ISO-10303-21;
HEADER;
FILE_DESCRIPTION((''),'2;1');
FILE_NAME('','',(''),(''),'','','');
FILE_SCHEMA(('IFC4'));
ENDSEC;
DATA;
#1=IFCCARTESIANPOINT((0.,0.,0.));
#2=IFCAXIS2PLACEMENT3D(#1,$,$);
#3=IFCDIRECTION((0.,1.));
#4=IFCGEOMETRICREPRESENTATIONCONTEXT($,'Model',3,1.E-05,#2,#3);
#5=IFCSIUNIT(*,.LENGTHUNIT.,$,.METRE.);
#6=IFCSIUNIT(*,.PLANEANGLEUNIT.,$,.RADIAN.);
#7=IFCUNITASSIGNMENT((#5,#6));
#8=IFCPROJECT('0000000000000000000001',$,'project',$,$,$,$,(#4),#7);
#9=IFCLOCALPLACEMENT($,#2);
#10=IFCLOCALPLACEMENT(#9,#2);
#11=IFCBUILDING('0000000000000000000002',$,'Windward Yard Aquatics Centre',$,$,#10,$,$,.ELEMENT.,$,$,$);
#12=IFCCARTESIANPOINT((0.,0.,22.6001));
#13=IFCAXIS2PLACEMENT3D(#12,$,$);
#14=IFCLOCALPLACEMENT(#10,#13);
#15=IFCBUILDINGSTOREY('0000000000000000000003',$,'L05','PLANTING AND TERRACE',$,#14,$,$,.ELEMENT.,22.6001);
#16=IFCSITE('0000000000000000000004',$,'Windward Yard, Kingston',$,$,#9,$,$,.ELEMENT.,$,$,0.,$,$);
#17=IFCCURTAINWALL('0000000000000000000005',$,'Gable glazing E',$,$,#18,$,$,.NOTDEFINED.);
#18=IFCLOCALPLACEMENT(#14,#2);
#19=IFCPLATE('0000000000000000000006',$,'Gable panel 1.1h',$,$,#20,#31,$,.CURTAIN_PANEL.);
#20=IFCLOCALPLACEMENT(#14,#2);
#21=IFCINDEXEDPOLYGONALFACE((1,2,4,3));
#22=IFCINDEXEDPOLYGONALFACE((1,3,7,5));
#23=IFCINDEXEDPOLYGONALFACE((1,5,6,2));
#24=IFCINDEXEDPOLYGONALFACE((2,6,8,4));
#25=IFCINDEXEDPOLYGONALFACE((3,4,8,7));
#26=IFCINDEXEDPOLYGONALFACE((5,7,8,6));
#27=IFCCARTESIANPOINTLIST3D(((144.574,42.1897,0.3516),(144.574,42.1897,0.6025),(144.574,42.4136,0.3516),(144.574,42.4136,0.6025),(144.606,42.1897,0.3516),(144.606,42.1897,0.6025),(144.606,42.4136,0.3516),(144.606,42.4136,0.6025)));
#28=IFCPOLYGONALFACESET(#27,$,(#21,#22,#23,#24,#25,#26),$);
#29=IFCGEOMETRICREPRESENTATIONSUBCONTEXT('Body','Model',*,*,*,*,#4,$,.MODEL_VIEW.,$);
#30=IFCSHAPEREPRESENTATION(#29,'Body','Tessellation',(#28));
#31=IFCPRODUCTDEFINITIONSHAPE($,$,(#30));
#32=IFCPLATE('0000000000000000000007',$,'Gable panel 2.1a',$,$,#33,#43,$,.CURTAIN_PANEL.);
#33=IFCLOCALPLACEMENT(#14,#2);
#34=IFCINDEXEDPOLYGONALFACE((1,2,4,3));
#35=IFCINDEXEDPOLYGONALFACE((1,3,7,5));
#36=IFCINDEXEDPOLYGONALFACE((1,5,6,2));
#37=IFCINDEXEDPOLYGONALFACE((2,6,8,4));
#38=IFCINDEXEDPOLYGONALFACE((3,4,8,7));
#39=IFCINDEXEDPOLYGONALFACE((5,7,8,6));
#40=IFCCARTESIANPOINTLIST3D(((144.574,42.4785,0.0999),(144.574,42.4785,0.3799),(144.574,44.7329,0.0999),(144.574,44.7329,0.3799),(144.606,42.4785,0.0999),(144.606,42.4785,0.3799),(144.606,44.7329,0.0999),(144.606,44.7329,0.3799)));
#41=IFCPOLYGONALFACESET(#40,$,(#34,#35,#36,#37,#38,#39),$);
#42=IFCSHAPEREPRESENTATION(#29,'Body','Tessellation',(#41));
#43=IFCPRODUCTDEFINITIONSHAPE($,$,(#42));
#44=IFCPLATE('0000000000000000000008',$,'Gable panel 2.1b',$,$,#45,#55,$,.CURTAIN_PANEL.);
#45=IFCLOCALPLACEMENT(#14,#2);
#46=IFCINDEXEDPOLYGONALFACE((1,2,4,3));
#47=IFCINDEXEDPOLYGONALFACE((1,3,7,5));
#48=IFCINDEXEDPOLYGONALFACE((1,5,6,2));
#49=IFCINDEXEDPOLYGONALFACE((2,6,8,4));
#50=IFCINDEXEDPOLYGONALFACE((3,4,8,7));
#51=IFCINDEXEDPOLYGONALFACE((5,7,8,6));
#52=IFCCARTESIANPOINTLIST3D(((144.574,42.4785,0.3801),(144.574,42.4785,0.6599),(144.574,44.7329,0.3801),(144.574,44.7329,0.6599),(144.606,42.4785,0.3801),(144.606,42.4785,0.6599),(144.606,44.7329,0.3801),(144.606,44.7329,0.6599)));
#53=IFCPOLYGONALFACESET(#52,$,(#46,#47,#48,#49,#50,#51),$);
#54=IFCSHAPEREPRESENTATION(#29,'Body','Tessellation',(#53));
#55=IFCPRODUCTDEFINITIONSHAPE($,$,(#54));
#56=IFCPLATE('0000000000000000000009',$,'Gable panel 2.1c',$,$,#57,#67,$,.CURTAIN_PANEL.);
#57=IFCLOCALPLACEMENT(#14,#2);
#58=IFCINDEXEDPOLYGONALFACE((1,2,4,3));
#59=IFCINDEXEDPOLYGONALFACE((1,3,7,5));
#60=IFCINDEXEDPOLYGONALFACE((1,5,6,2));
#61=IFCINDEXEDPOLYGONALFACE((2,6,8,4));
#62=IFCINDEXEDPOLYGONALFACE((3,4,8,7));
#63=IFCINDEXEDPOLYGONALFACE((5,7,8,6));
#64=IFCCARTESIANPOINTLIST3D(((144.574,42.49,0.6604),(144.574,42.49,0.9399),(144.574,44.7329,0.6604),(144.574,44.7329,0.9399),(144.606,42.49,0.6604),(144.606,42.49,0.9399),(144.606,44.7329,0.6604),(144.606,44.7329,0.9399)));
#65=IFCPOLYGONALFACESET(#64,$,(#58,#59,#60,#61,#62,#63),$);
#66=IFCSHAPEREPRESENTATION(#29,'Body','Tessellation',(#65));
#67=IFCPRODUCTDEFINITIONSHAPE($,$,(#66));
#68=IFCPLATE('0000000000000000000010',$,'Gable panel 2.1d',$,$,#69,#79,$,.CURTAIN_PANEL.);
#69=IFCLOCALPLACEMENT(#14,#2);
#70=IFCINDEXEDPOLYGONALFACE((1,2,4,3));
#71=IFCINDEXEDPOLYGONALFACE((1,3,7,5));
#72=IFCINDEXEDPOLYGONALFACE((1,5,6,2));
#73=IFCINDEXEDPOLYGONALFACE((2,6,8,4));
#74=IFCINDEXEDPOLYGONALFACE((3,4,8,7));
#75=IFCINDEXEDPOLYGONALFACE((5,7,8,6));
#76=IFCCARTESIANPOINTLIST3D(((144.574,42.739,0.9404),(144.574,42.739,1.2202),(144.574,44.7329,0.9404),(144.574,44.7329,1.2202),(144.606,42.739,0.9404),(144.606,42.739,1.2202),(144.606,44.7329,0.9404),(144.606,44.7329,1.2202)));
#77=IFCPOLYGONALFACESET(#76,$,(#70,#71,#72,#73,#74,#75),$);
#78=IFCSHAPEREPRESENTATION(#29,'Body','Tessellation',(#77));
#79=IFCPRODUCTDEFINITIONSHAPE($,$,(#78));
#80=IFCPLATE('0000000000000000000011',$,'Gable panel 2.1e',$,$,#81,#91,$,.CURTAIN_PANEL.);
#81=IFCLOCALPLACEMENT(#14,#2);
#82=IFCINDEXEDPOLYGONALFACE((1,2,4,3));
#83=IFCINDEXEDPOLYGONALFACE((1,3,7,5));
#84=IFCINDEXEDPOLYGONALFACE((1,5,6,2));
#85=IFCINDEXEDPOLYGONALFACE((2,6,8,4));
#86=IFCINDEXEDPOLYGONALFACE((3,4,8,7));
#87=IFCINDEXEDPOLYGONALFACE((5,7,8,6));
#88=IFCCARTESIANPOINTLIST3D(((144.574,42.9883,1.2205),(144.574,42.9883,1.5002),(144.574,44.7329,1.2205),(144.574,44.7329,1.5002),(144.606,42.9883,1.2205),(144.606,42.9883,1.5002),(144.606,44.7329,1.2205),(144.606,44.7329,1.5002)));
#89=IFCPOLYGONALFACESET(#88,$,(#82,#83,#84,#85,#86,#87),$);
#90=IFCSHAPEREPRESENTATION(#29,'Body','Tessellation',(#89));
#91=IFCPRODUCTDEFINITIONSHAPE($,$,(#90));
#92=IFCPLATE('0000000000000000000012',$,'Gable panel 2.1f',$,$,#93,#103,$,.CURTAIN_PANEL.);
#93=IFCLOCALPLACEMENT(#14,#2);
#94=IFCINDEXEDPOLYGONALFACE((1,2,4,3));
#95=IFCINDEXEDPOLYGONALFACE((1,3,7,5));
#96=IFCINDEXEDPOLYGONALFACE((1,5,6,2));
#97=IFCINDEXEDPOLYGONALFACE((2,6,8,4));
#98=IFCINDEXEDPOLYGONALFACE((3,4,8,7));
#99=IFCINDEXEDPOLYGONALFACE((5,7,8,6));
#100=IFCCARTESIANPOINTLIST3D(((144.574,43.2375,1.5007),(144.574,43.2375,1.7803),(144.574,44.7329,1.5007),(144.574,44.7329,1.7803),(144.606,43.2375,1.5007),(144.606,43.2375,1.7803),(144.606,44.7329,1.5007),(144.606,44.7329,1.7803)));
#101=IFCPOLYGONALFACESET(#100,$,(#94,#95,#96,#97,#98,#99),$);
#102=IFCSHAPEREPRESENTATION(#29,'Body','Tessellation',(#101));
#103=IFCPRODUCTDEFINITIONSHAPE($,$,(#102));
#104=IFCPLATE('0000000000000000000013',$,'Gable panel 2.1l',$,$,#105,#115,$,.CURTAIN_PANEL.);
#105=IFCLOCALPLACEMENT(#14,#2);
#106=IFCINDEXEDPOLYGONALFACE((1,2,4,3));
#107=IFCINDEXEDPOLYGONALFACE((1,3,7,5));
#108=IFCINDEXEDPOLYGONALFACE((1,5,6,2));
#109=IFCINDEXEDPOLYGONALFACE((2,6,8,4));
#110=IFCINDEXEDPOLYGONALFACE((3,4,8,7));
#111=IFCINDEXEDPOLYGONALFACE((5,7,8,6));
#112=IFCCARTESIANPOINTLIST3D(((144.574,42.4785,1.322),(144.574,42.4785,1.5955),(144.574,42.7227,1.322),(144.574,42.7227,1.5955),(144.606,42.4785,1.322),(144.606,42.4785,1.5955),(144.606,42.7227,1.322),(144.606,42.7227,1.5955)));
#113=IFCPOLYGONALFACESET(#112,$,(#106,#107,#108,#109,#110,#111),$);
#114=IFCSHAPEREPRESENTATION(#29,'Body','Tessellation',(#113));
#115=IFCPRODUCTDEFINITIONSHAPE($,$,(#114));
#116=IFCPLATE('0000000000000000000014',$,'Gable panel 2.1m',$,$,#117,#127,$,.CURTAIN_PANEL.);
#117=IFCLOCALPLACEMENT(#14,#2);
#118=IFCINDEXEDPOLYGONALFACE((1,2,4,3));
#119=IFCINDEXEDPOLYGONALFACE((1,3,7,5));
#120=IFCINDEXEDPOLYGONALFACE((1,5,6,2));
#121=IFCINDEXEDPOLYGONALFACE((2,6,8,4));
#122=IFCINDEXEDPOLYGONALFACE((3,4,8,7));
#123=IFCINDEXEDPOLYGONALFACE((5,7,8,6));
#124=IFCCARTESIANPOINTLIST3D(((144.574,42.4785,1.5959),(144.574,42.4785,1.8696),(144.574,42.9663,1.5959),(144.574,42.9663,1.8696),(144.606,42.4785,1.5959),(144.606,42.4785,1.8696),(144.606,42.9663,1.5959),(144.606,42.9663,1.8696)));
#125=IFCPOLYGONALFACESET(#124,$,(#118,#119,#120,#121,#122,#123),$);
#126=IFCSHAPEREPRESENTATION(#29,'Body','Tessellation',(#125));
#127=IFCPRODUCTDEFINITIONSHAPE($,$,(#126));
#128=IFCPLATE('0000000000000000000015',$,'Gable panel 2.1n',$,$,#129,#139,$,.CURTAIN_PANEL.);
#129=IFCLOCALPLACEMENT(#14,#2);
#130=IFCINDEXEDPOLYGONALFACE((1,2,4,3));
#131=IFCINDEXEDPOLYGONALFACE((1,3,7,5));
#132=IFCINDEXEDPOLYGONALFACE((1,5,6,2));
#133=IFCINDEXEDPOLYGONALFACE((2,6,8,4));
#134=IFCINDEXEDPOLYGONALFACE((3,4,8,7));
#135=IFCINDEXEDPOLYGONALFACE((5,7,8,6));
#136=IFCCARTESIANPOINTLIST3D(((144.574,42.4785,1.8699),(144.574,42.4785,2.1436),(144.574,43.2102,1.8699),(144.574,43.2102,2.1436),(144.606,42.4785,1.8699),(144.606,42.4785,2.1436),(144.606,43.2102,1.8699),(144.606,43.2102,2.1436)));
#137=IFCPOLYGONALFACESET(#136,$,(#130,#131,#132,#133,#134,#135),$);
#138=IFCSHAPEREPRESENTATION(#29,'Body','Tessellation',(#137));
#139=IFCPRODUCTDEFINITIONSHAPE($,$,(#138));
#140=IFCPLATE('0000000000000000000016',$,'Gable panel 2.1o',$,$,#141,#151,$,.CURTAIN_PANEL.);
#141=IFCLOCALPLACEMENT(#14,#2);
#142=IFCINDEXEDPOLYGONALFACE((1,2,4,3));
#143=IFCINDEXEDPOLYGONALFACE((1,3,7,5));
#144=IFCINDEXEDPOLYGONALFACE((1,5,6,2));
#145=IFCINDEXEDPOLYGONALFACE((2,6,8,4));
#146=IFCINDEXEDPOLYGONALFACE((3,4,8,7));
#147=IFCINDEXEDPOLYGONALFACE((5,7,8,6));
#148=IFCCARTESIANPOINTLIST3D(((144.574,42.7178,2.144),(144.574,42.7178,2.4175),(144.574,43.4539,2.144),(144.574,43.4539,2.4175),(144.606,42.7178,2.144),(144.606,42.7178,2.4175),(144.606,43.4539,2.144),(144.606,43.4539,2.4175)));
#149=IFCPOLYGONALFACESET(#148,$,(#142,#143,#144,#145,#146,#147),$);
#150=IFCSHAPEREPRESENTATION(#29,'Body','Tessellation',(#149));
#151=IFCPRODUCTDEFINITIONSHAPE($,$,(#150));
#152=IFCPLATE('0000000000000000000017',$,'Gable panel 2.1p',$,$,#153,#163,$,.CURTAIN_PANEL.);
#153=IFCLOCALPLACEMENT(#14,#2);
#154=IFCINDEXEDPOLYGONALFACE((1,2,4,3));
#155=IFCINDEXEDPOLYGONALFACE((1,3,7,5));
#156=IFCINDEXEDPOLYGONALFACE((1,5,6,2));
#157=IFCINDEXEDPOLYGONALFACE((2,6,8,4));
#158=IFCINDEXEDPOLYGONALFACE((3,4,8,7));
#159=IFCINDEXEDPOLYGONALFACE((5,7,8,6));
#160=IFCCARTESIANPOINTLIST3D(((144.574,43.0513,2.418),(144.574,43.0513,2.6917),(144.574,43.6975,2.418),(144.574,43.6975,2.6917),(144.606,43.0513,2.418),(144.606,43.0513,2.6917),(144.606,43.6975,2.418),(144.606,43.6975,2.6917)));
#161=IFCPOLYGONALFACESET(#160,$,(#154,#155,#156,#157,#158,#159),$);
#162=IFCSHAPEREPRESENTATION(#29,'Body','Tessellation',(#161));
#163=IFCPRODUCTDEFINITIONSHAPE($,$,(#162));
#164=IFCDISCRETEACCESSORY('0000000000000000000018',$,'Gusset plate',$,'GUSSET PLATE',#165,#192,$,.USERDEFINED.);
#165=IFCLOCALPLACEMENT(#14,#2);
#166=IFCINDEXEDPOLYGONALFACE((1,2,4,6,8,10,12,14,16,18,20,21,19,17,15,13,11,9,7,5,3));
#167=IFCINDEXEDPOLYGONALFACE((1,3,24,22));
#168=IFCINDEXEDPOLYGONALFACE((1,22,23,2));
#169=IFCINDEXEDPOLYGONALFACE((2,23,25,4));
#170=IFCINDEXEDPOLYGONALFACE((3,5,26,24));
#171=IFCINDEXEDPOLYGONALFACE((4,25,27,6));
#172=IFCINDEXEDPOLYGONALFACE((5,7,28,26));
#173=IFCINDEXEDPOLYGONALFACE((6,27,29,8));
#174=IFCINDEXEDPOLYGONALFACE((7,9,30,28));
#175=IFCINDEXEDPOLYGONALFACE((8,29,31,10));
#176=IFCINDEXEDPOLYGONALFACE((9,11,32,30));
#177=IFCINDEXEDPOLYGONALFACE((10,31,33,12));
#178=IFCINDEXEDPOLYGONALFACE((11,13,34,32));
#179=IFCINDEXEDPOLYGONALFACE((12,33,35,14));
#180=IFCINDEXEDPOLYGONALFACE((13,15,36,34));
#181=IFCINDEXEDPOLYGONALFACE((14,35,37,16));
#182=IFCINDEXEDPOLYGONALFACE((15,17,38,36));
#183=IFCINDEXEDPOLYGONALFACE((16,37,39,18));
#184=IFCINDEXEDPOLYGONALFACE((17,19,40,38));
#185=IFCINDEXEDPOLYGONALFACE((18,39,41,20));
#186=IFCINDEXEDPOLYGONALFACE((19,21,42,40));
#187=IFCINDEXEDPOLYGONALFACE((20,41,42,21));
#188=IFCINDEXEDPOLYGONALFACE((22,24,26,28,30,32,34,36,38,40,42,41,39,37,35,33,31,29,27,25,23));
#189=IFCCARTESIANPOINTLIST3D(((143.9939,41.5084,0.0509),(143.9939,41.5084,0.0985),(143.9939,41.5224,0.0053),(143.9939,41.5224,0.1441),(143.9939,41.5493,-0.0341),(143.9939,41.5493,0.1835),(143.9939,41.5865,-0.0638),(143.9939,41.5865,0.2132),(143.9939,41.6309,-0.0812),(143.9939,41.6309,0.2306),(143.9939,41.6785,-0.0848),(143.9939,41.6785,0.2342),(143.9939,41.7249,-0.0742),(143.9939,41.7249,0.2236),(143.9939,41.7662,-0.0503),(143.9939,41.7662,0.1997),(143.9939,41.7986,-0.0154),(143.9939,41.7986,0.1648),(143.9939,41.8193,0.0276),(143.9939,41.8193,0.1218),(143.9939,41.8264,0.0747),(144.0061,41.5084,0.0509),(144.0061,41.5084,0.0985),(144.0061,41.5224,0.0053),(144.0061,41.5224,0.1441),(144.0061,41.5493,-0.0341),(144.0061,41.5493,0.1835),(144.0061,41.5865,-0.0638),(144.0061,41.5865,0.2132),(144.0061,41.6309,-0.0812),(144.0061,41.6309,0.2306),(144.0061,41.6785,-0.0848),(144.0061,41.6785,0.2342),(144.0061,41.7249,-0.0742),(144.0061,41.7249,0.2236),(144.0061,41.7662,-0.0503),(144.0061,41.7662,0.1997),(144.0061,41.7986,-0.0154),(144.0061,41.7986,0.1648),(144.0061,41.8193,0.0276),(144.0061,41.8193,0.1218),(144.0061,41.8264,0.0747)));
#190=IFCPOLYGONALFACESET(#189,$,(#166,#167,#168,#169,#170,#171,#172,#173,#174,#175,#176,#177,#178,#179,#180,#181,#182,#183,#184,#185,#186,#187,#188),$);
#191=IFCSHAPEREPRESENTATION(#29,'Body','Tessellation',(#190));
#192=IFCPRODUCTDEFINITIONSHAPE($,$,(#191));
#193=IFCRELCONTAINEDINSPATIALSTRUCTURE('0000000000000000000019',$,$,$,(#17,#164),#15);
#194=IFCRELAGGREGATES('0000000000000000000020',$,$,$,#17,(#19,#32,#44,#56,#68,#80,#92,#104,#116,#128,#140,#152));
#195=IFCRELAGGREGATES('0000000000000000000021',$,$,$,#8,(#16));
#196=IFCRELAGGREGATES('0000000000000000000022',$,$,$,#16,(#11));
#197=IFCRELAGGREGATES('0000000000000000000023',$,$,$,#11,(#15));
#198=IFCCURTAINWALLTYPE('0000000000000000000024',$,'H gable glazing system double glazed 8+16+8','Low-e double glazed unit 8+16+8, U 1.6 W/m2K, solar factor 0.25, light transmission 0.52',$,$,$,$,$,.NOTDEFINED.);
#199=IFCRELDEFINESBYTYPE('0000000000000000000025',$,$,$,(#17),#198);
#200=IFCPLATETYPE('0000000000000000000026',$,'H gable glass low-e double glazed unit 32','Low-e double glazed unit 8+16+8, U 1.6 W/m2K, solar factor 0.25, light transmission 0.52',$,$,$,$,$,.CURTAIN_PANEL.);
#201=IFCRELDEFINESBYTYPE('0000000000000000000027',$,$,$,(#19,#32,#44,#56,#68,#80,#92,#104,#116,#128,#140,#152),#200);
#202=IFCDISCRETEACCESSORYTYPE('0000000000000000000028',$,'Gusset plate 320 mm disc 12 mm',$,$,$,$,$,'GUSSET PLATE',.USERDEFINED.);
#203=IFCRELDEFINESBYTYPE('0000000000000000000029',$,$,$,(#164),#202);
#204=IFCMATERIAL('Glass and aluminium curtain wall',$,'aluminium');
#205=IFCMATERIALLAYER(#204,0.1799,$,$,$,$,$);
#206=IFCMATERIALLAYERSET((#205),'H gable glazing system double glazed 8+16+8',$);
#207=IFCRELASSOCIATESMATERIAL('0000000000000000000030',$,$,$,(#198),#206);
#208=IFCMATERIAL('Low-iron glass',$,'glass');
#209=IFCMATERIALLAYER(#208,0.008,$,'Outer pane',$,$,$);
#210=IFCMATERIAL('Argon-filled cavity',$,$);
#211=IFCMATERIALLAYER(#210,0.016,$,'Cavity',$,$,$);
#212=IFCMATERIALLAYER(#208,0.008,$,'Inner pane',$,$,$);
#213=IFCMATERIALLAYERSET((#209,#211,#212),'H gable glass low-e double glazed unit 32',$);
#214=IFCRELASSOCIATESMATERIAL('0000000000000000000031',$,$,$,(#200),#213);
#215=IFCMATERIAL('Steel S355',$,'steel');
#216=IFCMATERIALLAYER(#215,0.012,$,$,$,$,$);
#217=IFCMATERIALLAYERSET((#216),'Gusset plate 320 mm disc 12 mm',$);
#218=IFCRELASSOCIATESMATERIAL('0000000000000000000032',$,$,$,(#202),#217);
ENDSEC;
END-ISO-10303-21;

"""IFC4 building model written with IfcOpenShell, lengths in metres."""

from ifc_helpers import new_model, si_unit, direction, frame, origin, origin_2d, place, context, subcontext, project, spatial, polyline, circle, outline, extrude, material, layer, layer_set, type_object, element, aggregate, save


model = new_model("IFC4")

# Units and contexts
model_context = context("Model", 3, precision=1e-05, world=origin(), true_north=direction((0.0, 1.0)))
body_context = subcontext(model_context, "Body", "Model", "MODEL_VIEW")
ifc_project = project(units=[si_unit("LENGTHUNIT", "METRE"), si_unit("PLANEANGLEUNIT", "RADIAN")], contexts=[model_context])

# Site, building, storey
site_placement = place(None, origin())
site = spatial("IfcSite", under=ifc_project, at=site_placement, Name="Windward Yard, Kingston", CompositionType="ELEMENT", RefElevation=0.0)
building_placement = place(site_placement, origin())
building = spatial("IfcBuilding", under=site, at=building_placement, Name="Windward Yard Aquatics Centre", CompositionType="ELEMENT")
storey_placement = place(building_placement, frame((0.0, 0.0, 22.6001)))
storey = spatial("IfcBuildingStorey", under=building, at=storey_placement, Name="L05", Description="PLANTING AND TERRACE", CompositionType="ELEMENT", Elevation=22.6001)

# Curtain wall
ifc_material_1 = material(Name="Glass and aluminium curtain wall", Category="aluminium")
ifc_layer_1 = layer(ifc_material_1, 0.1799)
ifc_layer_set_1 = layer_set([ifc_layer_1], Name="H gable glazing system double glazed 8+16+8")
curtain_wall_type = type_object("IfcCurtainWallType", Name="H gable glazing system double glazed 8+16+8", Description="Low-e double glazed unit 8+16+8, U 1.6 W/m2K, solar factor 0.25, light transmission 0.52", PredefinedType="NOTDEFINED", material=ifc_layer_set_1)
curtain_wall_placement = place(storey_placement, origin())
curtain_wall = element("IfcCurtainWall", 1, at=curtain_wall_placement, inside=storey, type_object=curtain_wall_type, Name="Gable glazing E", PredefinedType="NOTDEFINED")

# Plates
ifc_material_2 = material(Name="Low-iron glass", Category="glass")
ifc_layer_2 = layer(ifc_material_2, 0.008, Name="Outer pane")
ifc_material_3 = material(Name="Argon-filled cavity")
ifc_layer_3 = layer(ifc_material_3, 0.016, Name="Cavity")
ifc_layer_4 = layer(ifc_material_2, 0.008, Name="Inner pane")
ifc_layer_set_2 = layer_set([ifc_layer_2, ifc_layer_3, ifc_layer_4], Name="H gable glass low-e double glazed unit 32")
plate_type = type_object("IfcPlateType", Name="H gable glass low-e double glazed unit 32", Description="Low-e double glazed unit 8+16+8, U 1.6 W/m2K, solar factor 0.25, light transmission 0.52", PredefinedType="CURTAIN_PANEL", material=ifc_layer_set_2)
plate_1_placement = place(storey_placement, frame((144.606, 42.1897, 0.3516), z_axis=(1.0, 0.0, 0.0), x_axis=(0.0, 1.0, 0.0)))
plate_1 = element("IfcPlate", 2, at=plate_1_placement, type_object=plate_type, Name="Gable panel 1.1h", PredefinedType="CURTAIN_PANEL", context=body_context, shape_type="SweptSolid", body=[
    extrude(outline(polyline([(0.0, 0.0), (0.2239, 0.0), (0.2239, 0.251), (0.0, 0.251), (0.0, 0.0)])), origin(), (0.0, 0.0, -1.0), 0.032),
])
plate_2_placement = place(storey_placement, frame((144.606, 42.4785, 0.0999), z_axis=(1.0, 0.0, 0.0), x_axis=(0.0, 1.0, 0.0)))
plate_2 = element("IfcPlate", 3, at=plate_2_placement, type_object=plate_type, Name="Gable panel 2.1a", PredefinedType="CURTAIN_PANEL", context=body_context, shape_type="SweptSolid", body=[
    extrude(outline(polyline([(0.0, 0.0), (2.2544, 0.0), (2.2544, 0.28), (0.0, 0.28), (0.0, 0.0)])), origin(), (0.0, 0.0, -1.0), 0.032),
])
plate_3_placement = place(storey_placement, frame((144.606, 42.4785, 0.3801), z_axis=(1.0, 0.0, 0.0), x_axis=(0.0, 1.0, 0.0)))
plate_3 = element("IfcPlate", 4, at=plate_3_placement, type_object=plate_type, Name="Gable panel 2.1b", PredefinedType="CURTAIN_PANEL", context=body_context, shape_type="SweptSolid", body=[
    extrude(outline(polyline([(0.0, 0.0), (2.2544, 0.0), (2.2544, 0.2798), (0.0, 0.2798), (0.0, 0.0)])), origin(), (0.0, 0.0, -1.0), 0.032),
])
plate_4_placement = place(storey_placement, frame((144.606, 42.49, 0.6604), z_axis=(1.0, 0.0, 0.0), x_axis=(0.0, 1.0, 0.0)))
plate_4 = element("IfcPlate", 5, at=plate_4_placement, type_object=plate_type, Name="Gable panel 2.1c", PredefinedType="CURTAIN_PANEL", context=body_context, shape_type="SweptSolid", body=[
    extrude(outline(polyline([(0.0, 0.0), (2.2429, 0.0), (2.2429, 0.2795), (0.0, 0.2795), (0.0, 0.0)])), origin(), (0.0, 0.0, -1.0), 0.032),
])
plate_5_placement = place(storey_placement, frame((144.606, 42.739, 0.9404), z_axis=(1.0, 0.0, 0.0), x_axis=(0.0, 1.0, 0.0)))
plate_5 = element("IfcPlate", 6, at=plate_5_placement, type_object=plate_type, Name="Gable panel 2.1d", PredefinedType="CURTAIN_PANEL", context=body_context, shape_type="SweptSolid", body=[
    extrude(outline(polyline([(0.0, 0.0), (1.9939, 0.0), (1.9939, 0.2798), (0.0, 0.2798), (0.0, 0.0)])), origin(), (0.0, 0.0, -1.0), 0.032),
])
plate_6_placement = place(storey_placement, frame((144.606, 42.9883, 1.2205), z_axis=(1.0, 0.0, 0.0), x_axis=(0.0, 1.0, 0.0)))
plate_6 = element("IfcPlate", 7, at=plate_6_placement, type_object=plate_type, Name="Gable panel 2.1e", PredefinedType="CURTAIN_PANEL", context=body_context, shape_type="SweptSolid", body=[
    extrude(outline(polyline([(0.0, 0.0), (1.7446, 0.0), (1.7446, 0.2798), (0.0, 0.2798), (0.0, 0.0)])), origin(), (0.0, 0.0, -1.0), 0.032),
])
plate_7_placement = place(storey_placement, frame((144.606, 43.2375, 1.5007), z_axis=(1.0, 0.0, 0.0), x_axis=(0.0, 1.0, 0.0)))
plate_7 = element("IfcPlate", 8, at=plate_7_placement, type_object=plate_type, Name="Gable panel 2.1f", PredefinedType="CURTAIN_PANEL", context=body_context, shape_type="SweptSolid", body=[
    extrude(outline(polyline([(0.0, 0.0), (1.4954, 0.0), (1.4954, 0.2795), (0.0, 0.2795), (0.0, 0.0)])), origin(), (0.0, 0.0, -1.0), 0.032),
])
plate_8_placement = place(storey_placement, frame((144.606, 42.4785, 1.322), z_axis=(1.0, 0.0, 0.0), x_axis=(0.0, 1.0, 0.0)))
plate_8 = element("IfcPlate", 9, at=plate_8_placement, type_object=plate_type, Name="Gable panel 2.1l", PredefinedType="CURTAIN_PANEL", context=body_context, shape_type="SweptSolid", body=[
    extrude(outline(polyline([(0.0, 0.0), (0.2441, 0.0), (0.2441, 0.2734), (0.0, 0.2734), (0.0, 0.0)])), origin(), (0.0, 0.0, -1.0), 0.032),
])
plate_9_placement = place(storey_placement, frame((144.606, 42.4785, 1.5959), z_axis=(1.0, 0.0, 0.0), x_axis=(0.0, 1.0, 0.0)))
plate_9 = element("IfcPlate", 10, at=plate_9_placement, type_object=plate_type, Name="Gable panel 2.1m", PredefinedType="CURTAIN_PANEL", context=body_context, shape_type="SweptSolid", body=[
    extrude(outline(polyline([(0.0, 0.0), (0.4878, 0.0), (0.4878, 0.2737), (0.0, 0.2737), (0.0, 0.0)])), origin(), (0.0, 0.0, -1.0), 0.032),
])
plate_10_placement = place(storey_placement, frame((144.606, 42.4785, 1.8699), z_axis=(1.0, 0.0, 0.0), x_axis=(0.0, 1.0, 0.0)))
plate_10 = element("IfcPlate", 11, at=plate_10_placement, type_object=plate_type, Name="Gable panel 2.1n", PredefinedType="CURTAIN_PANEL", context=body_context, shape_type="SweptSolid", body=[
    extrude(outline(polyline([(0.0, 0.0), (0.7317, 0.0), (0.7317, 0.2737), (0.0, 0.2737), (0.0, 0.0)])), origin(), (0.0, 0.0, -1.0), 0.032),
])
plate_11_placement = place(storey_placement, frame((144.606, 42.7178, 2.144), z_axis=(1.0, 0.0, 0.0), x_axis=(0.0, 1.0, 0.0)))
plate_11 = element("IfcPlate", 12, at=plate_11_placement, type_object=plate_type, Name="Gable panel 2.1o", PredefinedType="CURTAIN_PANEL", context=body_context, shape_type="SweptSolid", body=[
    extrude(outline(polyline([(0.0, 0.0), (0.7361, 0.0), (0.7361, 0.2734), (0.0, 0.2734), (0.0, 0.0)])), origin(), (0.0, 0.0, -1.0), 0.032),
])
plate_12_placement = place(storey_placement, frame((144.606, 43.0513, 2.418), z_axis=(1.0, 0.0, 0.0), x_axis=(0.0, 1.0, 0.0)))
plate_12 = element("IfcPlate", 13, at=plate_12_placement, type_object=plate_type, Name="Gable panel 2.1p", PredefinedType="CURTAIN_PANEL", context=body_context, shape_type="SweptSolid", body=[
    extrude(outline(polyline([(0.0, 0.0), (0.6462, 0.0), (0.6462, 0.2737), (0.0, 0.2737), (0.0, 0.0)])), origin(), (0.0, 0.0, -1.0), 0.032),
])

# Discrete accessory
ifc_material_4 = material(Name="Steel S355", Category="steel")
ifc_layer_5 = layer(ifc_material_4, 0.012)
ifc_layer_set_3 = layer_set([ifc_layer_5], Name="Gusset plate 320 mm disc 12 mm")
discrete_accessory_type = type_object("IfcDiscreteAccessoryType", Name="Gusset plate 320 mm disc 12 mm", ElementType="GUSSET PLATE", PredefinedType="USERDEFINED", material=ifc_layer_set_3)
discrete_accessory_1_placement = place(storey_placement, frame((143.9939, 41.6665, 0.0747), z_axis=(1.0, 0.0, 0.0), x_axis=(0.0, 1.0, 0.0)))
element("IfcDiscreteAccessory", 14, at=discrete_accessory_1_placement, inside=storey, type_object=discrete_accessory_type, Name="Gusset plate", ObjectType="GUSSET PLATE", PredefinedType="USERDEFINED", context=body_context, shape_type="SweptSolid", body=[
    extrude(circle(Radius=0.1599, at=origin_2d()), origin(), (0.0, 0.0, 1.0), 0.0122),
])

aggregate(curtain_wall, [plate_1, plate_2, plate_3, plate_4, plate_5, plate_6, plate_7, plate_8, plate_9, plate_10, plate_11, plate_12])

save(model, "model.ifc")
